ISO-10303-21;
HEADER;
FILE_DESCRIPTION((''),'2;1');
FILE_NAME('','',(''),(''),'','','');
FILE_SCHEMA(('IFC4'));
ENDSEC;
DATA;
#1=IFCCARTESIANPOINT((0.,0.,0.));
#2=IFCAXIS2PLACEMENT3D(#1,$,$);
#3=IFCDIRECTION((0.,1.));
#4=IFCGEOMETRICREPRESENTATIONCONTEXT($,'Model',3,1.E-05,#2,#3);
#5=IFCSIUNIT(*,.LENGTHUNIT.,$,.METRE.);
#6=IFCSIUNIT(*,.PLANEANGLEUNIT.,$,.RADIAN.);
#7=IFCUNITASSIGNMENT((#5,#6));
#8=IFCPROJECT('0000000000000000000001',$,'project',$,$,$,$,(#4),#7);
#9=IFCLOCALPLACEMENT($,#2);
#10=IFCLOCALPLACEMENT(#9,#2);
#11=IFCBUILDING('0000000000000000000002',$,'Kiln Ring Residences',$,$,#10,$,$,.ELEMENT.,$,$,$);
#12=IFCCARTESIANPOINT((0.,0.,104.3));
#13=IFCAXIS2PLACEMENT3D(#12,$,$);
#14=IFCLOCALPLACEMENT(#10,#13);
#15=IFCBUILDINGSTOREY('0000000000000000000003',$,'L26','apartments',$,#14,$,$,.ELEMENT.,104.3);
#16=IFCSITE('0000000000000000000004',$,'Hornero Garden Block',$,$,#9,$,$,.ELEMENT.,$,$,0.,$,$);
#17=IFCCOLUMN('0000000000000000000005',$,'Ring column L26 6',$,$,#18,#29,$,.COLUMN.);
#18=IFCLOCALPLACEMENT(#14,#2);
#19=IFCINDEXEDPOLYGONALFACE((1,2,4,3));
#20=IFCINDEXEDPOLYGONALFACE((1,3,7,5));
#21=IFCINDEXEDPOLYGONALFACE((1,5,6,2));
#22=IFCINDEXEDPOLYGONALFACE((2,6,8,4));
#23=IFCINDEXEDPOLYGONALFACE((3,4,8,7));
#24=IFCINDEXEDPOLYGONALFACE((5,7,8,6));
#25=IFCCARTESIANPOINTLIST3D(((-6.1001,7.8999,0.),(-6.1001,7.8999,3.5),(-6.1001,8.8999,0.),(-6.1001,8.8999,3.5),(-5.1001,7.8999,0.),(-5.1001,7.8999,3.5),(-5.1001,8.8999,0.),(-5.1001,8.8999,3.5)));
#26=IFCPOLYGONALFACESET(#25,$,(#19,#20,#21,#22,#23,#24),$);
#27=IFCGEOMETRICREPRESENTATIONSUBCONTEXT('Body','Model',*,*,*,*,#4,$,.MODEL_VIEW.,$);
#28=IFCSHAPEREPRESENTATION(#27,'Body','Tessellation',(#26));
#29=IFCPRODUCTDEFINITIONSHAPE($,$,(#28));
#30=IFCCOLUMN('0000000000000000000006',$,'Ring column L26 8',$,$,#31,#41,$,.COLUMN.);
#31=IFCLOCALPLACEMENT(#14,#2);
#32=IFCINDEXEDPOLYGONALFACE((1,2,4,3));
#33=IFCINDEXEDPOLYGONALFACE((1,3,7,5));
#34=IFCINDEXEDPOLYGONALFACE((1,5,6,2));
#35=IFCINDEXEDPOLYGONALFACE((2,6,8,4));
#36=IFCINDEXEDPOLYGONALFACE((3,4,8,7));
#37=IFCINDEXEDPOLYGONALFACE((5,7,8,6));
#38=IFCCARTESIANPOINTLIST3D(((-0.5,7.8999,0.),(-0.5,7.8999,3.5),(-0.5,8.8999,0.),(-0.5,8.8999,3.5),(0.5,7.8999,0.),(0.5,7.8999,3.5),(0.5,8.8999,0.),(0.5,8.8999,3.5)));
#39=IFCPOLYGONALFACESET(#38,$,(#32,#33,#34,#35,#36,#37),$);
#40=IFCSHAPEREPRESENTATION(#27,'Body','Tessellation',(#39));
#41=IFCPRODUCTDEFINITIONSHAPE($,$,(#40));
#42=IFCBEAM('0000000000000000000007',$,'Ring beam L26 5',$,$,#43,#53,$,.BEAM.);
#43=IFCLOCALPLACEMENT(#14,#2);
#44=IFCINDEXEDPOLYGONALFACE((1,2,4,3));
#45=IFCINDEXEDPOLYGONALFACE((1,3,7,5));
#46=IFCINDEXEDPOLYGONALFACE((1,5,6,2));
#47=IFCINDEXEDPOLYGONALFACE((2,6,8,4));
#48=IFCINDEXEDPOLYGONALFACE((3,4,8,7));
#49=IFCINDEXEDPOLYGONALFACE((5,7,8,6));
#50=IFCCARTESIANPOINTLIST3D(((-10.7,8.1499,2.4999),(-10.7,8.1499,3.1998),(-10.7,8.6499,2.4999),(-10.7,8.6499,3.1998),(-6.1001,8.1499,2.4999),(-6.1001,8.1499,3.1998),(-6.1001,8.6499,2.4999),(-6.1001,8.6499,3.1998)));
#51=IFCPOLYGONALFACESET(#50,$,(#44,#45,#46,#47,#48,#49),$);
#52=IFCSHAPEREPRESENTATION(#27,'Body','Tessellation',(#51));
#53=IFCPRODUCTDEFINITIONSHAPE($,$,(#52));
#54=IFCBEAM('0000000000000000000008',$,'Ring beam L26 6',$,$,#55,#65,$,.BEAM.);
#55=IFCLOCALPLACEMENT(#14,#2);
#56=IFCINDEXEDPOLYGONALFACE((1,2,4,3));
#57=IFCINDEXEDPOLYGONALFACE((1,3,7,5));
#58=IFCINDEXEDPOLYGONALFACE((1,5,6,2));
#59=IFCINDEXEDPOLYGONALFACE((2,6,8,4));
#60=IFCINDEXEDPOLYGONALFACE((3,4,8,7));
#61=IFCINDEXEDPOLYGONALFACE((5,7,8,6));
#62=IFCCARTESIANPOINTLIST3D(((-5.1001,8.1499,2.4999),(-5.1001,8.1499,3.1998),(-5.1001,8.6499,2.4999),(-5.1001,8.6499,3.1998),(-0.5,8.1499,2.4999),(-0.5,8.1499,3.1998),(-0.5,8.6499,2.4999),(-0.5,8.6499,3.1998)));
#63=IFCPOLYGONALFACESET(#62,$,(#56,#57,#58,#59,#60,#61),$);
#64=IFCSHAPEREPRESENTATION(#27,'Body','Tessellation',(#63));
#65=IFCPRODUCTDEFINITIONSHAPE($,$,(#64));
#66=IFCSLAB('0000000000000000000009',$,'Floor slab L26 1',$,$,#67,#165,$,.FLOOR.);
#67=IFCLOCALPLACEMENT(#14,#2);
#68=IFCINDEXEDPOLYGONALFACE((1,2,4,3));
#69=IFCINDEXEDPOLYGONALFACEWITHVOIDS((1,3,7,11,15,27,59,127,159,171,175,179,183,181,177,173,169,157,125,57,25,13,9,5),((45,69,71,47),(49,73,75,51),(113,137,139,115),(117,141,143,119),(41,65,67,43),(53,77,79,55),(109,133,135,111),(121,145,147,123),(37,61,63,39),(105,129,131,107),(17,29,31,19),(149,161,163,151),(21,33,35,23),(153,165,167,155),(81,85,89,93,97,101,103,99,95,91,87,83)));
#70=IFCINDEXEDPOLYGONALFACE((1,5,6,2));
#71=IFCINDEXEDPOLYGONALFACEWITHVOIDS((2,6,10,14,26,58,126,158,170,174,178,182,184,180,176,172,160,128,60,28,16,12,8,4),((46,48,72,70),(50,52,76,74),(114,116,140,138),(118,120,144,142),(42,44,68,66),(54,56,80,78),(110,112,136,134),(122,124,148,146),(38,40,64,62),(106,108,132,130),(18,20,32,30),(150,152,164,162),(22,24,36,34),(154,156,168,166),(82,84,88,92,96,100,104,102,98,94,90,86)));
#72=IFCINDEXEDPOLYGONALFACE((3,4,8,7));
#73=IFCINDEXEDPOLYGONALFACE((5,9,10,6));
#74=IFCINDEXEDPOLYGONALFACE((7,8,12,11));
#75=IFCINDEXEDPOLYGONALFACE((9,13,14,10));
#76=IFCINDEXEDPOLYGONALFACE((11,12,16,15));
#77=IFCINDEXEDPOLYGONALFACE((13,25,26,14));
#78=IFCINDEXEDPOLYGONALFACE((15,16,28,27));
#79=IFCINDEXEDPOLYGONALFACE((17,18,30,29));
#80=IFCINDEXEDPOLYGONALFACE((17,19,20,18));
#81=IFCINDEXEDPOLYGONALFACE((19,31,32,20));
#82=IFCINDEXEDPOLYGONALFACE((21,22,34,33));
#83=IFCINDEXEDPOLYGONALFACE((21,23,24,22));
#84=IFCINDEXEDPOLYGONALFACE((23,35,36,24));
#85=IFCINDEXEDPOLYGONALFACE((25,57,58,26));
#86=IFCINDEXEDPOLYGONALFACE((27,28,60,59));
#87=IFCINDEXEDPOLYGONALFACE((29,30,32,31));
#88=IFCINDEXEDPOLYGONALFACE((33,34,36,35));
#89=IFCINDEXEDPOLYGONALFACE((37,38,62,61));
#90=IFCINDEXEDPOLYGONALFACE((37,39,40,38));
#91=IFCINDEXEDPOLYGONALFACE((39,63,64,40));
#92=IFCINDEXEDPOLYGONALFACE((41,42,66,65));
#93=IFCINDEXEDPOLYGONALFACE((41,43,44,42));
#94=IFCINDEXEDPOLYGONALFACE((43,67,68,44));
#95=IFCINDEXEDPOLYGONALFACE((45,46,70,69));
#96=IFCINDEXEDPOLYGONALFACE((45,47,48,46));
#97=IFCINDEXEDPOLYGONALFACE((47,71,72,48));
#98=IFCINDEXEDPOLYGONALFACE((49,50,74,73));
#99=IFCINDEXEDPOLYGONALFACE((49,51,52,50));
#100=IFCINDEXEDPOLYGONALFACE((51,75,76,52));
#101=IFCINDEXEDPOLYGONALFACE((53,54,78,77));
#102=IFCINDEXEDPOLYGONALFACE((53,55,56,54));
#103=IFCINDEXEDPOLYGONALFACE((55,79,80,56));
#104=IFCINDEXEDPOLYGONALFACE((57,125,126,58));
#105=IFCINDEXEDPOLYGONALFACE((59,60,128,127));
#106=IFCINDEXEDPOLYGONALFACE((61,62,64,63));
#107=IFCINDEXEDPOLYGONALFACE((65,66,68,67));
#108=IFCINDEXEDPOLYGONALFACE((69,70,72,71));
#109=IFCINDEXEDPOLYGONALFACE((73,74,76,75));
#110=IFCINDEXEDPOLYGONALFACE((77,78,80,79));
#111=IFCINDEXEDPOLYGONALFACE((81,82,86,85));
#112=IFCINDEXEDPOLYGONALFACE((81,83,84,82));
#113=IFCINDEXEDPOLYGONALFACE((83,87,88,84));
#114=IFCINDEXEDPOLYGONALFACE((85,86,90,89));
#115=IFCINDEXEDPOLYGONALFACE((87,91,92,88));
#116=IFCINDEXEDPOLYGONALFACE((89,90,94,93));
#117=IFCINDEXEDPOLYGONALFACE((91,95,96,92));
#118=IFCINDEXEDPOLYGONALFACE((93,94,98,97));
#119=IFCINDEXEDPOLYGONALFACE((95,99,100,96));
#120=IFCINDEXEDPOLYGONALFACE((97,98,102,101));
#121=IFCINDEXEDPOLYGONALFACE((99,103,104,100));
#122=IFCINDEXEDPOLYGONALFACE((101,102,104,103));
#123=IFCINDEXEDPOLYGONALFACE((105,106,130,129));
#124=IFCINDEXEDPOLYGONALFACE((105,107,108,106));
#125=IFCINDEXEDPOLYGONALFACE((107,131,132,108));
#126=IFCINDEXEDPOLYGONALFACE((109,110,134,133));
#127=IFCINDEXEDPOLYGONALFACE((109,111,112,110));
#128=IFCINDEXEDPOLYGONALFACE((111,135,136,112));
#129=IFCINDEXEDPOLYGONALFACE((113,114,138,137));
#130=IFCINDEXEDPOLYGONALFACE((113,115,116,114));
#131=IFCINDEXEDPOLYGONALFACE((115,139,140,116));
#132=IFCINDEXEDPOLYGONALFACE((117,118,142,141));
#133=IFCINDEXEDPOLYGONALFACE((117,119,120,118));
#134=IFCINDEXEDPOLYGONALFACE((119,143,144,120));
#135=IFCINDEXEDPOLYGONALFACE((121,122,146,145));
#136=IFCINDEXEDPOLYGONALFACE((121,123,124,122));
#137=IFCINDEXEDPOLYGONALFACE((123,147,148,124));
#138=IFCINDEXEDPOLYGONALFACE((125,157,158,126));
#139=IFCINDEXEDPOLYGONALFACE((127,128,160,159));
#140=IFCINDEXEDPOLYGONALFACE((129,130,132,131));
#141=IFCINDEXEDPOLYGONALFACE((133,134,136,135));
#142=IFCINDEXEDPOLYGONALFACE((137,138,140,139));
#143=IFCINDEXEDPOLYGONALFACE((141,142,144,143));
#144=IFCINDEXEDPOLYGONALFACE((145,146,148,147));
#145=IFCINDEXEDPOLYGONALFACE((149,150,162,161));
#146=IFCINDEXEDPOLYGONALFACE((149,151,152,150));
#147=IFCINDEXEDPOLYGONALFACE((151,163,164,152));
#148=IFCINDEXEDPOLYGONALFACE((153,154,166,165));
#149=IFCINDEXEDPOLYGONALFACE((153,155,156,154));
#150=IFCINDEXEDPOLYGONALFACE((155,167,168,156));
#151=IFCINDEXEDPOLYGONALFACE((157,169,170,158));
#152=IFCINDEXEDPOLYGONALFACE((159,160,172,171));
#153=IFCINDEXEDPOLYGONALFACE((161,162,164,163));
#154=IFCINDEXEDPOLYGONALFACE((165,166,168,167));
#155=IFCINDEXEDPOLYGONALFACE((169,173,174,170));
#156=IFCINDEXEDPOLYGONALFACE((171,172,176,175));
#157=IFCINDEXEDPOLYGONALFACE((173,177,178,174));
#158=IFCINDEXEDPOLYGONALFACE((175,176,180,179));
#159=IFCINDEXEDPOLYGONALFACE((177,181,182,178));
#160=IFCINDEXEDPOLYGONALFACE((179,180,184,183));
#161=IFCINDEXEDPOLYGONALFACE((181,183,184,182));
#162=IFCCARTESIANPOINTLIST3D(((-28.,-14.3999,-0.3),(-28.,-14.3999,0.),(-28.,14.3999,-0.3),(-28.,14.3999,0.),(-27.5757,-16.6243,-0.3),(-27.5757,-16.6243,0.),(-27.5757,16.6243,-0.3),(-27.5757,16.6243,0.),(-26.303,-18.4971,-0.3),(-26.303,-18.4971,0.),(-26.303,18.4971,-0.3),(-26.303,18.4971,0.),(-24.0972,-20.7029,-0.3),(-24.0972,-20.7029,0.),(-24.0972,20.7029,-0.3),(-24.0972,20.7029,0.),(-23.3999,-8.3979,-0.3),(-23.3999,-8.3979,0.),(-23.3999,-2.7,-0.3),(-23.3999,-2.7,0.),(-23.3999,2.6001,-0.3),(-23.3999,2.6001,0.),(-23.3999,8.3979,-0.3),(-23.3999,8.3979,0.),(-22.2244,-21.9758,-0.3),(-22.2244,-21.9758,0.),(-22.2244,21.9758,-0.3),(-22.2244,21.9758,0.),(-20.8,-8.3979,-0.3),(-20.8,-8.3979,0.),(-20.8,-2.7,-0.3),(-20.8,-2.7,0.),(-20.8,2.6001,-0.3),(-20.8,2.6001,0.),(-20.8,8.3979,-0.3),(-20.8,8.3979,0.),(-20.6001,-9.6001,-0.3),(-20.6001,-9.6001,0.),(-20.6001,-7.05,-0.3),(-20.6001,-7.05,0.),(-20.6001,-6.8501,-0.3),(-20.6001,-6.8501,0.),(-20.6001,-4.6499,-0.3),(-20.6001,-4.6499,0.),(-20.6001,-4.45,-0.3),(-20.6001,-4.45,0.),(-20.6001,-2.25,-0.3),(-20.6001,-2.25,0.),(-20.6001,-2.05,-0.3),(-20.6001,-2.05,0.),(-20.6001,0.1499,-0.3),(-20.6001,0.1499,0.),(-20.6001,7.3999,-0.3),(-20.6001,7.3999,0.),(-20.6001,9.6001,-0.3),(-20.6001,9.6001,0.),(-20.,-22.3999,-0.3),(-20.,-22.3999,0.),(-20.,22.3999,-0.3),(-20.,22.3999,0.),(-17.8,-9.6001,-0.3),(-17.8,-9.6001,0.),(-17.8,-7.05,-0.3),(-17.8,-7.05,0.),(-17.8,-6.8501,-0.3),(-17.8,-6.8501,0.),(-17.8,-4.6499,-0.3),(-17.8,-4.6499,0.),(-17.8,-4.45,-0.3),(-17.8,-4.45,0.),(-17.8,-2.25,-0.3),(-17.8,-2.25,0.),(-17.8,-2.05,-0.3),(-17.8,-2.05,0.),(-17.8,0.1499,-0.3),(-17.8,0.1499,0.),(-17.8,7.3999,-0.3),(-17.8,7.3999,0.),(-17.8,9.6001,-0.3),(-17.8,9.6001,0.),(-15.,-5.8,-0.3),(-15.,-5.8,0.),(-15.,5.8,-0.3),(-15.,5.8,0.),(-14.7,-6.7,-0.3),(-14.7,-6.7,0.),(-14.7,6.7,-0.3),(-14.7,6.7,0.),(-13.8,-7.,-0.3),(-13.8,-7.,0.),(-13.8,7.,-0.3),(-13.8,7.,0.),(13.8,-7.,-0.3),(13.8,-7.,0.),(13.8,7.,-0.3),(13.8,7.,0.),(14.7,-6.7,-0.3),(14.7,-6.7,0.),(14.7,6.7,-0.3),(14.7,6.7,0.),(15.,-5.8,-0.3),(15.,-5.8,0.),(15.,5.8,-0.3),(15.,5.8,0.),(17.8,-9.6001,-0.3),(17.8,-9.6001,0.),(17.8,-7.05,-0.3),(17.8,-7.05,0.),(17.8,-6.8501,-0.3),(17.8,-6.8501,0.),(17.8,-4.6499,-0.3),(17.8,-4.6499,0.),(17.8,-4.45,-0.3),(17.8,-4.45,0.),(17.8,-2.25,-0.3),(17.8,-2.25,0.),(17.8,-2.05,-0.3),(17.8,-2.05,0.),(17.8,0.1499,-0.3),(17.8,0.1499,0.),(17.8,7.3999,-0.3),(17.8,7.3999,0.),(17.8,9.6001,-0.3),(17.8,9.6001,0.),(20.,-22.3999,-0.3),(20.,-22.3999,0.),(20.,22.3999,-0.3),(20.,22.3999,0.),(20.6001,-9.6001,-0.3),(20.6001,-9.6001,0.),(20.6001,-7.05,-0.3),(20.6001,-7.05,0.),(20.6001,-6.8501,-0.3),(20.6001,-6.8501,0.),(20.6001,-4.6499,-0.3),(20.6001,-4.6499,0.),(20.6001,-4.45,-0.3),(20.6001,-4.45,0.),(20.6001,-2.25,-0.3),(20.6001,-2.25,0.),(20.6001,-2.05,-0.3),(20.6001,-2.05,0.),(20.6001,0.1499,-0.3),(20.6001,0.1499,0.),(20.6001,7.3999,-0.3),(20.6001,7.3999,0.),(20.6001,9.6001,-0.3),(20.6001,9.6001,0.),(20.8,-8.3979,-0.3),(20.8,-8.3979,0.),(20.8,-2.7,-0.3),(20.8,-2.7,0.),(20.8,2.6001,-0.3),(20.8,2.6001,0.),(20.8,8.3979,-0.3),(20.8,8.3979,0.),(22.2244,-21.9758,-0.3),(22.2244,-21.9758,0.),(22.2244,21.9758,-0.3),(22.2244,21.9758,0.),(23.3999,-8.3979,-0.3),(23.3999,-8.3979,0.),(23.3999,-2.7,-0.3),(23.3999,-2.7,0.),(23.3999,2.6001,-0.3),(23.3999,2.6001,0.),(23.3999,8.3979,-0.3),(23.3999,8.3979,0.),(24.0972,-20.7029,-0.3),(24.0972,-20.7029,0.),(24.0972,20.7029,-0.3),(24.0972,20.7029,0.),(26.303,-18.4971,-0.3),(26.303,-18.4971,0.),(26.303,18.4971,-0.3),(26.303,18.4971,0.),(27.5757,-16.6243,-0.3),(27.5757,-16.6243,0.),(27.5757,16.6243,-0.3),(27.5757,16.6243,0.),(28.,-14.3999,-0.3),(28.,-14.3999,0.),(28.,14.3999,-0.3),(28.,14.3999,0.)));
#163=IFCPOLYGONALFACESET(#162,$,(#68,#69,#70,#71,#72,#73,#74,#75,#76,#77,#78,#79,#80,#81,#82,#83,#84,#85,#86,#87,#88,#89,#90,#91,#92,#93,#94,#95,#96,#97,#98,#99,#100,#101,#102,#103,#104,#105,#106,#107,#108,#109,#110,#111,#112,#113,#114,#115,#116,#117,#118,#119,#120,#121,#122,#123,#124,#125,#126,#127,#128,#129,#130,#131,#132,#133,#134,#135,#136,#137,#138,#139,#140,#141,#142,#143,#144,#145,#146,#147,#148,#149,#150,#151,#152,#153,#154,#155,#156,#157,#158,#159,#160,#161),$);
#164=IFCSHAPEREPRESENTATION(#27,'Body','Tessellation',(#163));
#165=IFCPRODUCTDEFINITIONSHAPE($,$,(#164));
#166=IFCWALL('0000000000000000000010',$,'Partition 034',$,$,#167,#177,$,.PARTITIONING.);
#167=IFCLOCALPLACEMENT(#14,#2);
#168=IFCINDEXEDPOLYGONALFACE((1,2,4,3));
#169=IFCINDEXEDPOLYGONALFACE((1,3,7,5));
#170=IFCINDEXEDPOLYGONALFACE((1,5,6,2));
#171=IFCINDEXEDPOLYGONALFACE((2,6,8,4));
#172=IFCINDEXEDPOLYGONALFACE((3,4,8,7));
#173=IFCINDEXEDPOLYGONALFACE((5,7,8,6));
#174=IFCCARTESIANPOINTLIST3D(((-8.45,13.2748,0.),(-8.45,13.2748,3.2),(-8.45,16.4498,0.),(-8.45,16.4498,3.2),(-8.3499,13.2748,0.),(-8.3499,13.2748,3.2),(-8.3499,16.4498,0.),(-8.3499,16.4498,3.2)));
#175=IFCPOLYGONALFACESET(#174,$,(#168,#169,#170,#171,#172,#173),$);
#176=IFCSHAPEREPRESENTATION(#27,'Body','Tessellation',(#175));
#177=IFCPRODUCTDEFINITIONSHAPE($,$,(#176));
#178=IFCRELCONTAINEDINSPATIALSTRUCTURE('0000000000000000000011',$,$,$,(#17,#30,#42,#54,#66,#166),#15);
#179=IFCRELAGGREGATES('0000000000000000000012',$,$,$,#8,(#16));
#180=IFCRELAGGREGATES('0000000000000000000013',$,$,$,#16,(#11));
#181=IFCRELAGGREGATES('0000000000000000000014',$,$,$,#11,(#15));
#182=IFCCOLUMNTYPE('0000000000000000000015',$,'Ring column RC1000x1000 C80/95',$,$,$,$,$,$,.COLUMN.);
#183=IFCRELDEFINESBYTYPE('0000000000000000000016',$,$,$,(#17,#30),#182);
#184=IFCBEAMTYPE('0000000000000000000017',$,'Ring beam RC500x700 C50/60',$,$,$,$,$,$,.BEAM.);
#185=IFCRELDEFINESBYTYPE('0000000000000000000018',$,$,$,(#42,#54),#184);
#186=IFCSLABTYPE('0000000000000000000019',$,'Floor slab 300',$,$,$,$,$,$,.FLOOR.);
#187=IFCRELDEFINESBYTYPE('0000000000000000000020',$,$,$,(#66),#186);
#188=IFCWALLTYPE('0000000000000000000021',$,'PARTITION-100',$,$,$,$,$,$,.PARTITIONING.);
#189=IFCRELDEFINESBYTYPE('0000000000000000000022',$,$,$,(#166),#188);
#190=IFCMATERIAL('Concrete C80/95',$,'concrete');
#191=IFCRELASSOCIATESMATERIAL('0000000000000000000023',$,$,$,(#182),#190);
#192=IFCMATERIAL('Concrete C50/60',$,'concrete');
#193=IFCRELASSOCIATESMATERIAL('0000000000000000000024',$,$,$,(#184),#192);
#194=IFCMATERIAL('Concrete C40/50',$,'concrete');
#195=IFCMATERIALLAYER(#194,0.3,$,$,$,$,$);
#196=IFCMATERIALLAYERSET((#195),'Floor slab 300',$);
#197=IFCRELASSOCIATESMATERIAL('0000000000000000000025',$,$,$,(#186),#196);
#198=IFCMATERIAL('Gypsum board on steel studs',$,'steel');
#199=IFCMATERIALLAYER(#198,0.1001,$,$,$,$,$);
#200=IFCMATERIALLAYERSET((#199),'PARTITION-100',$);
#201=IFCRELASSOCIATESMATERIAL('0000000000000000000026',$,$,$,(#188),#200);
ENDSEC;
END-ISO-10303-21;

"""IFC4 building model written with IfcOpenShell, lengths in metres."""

from ifc_helpers import new_model, si_unit, direction, frame, frame_2d, origin, origin_2d, place, context, subcontext, project, spatial, polyline, rectangle, outline, extrude, material, layer, layer_set, material_profile, profile_set, type_object, element, save


model = new_model("IFC4")

# Units and contexts
model_context = context("Model", 3, precision=1e-05, world=origin(), true_north=direction((0.0, 1.0)))
body_context = subcontext(model_context, "Body", "Model", "MODEL_VIEW")
ifc_project = project(units=[si_unit("LENGTHUNIT", "METRE"), si_unit("PLANEANGLEUNIT", "RADIAN")], contexts=[model_context])

# Site, building, storey
site_placement = place(None, origin())
site = spatial("IfcSite", under=ifc_project, at=site_placement, Name="Hornero Garden Block", CompositionType="ELEMENT", RefElevation=0.0)
building_placement = place(site_placement, origin())
building = spatial("IfcBuilding", under=site, at=building_placement, Name="Kiln Ring Residences", CompositionType="ELEMENT")
storey_placement = place(building_placement, frame((0.0, 0.0, 104.3)))
storey = spatial("IfcBuildingStorey", under=building, at=storey_placement, Name="L26", Description="apartments", CompositionType="ELEMENT", Elevation=104.3)

# Columns
ifc_material_1 = material(Name="Concrete C80/95", Category="concrete")
ifc_material_profile_1 = material_profile(ifc_material_1, rectangle(XDim=1.0, YDim=1.0, at=origin_2d()), Name="RC1000x1000")
ifc_profile_set_1 = profile_set([ifc_material_profile_1], Name="Concrete C80/95")
column_type = type_object("IfcColumnType", Name="Ring column RC1000x1000 C80/95", PredefinedType="COLUMN", material=ifc_profile_set_1)
for number, where, z_axis, x_axis, name in (
    (1, (-5.6001, 8.3999, 0.0), (0.0, 0.0, 1.0), (1.0, 0.0, 0.0), "Ring column L26 6"),
    (2, (0.0, 8.3999, 0.0), (0.0, 0.0, 1.0), (1.0, 0.0, 0.0), "Ring column L26 8"),
):
    element("IfcColumn", number, at=place(storey_placement, frame(where, z_axis=z_axis, x_axis=x_axis)), inside=storey, type_object=column_type, Name=name, PredefinedType="COLUMN", context=body_context, shape_type="SweptSolid", body=[
        extrude(rectangle(XDim=1.0, YDim=1.0, at=origin_2d()), origin(), (0.0, 0.0, 1.0), 3.5),
    ])

# Beams
ifc_material_2 = material(Name="Concrete C50/60", Category="concrete")
ifc_material_profile_2 = material_profile(ifc_material_2, rectangle(XDim=0.5, YDim=0.7, at=origin_2d()), Name="RC500x700")
ifc_profile_set_2 = profile_set([ifc_material_profile_2], Name="Concrete C50/60")
beam_type = type_object("IfcBeamType", Name="Ring beam RC500x700 C50/60", PredefinedType="BEAM", material=ifc_profile_set_2)
beam_1_placement = place(storey_placement, frame((-10.7, 8.3999, 2.8499), z_axis=(1.0, 0.0, 0.0), x_axis=(0.0, 1.0, 0.0)))
element("IfcBeam", 3, at=beam_1_placement, inside=storey, type_object=beam_type, Name="Ring beam L26 5", PredefinedType="BEAM", context=body_context, shape_type="SweptSolid", body=[
    extrude(rectangle(XDim=0.5, YDim=0.7, at=origin_2d()), origin(), (0.0, 0.0, 1.0), 4.5999),
])
beam_2_placement = place(storey_placement, frame((-5.1001, 8.3999, 2.8499), z_axis=(1.0, 0.0, 0.0), x_axis=(0.0, 1.0, 0.0)))
element("IfcBeam", 4, at=beam_2_placement, inside=storey, type_object=beam_type, Name="Ring beam L26 6", PredefinedType="BEAM", context=body_context, shape_type="SweptSolid", body=[
    extrude(rectangle(XDim=0.5, YDim=0.7, at=origin_2d()), origin(), (0.0, 0.0, 1.0), 4.6001),
])

# Slab
ifc_material_3 = material(Name="Concrete C40/50", Category="concrete")
ifc_layer_1 = layer(ifc_material_3, 0.3)
ifc_layer_set_1 = layer_set([ifc_layer_1], Name="Floor slab 300")
slab_type = type_object("IfcSlabType", Name="Floor slab 300", PredefinedType="FLOOR", material=ifc_layer_set_1)
slab_placement = place(storey_placement, frame((0.0, 0.0, -0.3)))
element("IfcSlab", 5, at=slab_placement, inside=storey, type_object=slab_type, Name="Floor slab L26 1", PredefinedType="FLOOR", context=body_context, shape_type="SweptSolid", body=[
    extrude(outline(polyline([(-26.303, -18.4971), (-24.0972, -20.7029), (-22.2244, -21.9758), (-20.0, -22.3999), (20.0, -22.3999), (22.2244, -21.9758), (24.0972, -20.7029), (26.303, -18.4971), (27.5757, -16.6243), (28.0, -14.3999), (28.0, 14.3999), (27.5757, 16.6243), (26.303, 18.4971), (24.0972, 20.7029), (22.2244, 21.9758), (20.0, 22.3999), (-20.0, 22.3999), (-22.2244, 21.9758), (-24.0972, 20.7029), (-26.303, 18.4971), (-27.5757, 16.6243), (-28.0, 14.3999), (-28.0, -14.3999), (-27.5757, -16.6243), (-26.303, -18.4971)]), holes=[polyline([(-14.7, -6.7), (-15.0, -5.8), (-15.0, 5.8), (-14.7, 6.7), (-13.8, 7.0), (13.8, 7.0), (14.7, 6.7), (15.0, 5.8), (15.0, -5.8), (14.7, -6.7), (13.8, -7.0), (-13.8, -7.0), (-14.7, -6.7)]), polyline([(20.8, -8.3979), (20.8, -2.7), (23.3999, -2.7), (23.3999, -8.3979), (20.8, -8.3979)]), polyline([(20.8, 2.6001), (20.8, 8.3979), (23.3999, 8.3979), (23.3999, 2.6001), (20.8, 2.6001)]), polyline([(17.8, -6.8501), (17.8, -4.6499), (20.6001, -4.6499), (20.6001, -6.8501), (17.8, -6.8501)]), polyline([(17.8, -4.45), (17.8, -2.25), (20.6001, -2.25), (20.6001, -4.45), (17.8, -4.45)]), polyline([(17.8, -2.05), (17.8, 0.1499), (20.6001, 0.1499), (20.6001, -2.05), (17.8, -2.05)]), polyline([(17.8, 7.3999), (17.8, 9.6001), (20.6001, 9.6001), (20.6001, 7.3999), (17.8, 7.3999)]), polyline([(20.6001, -9.6001), (17.8, -9.6001), (17.8, -7.05), (20.6001, -7.05), (20.6001, -9.6001)]), polyline([(-17.8, -7.05), (-17.8, -9.6001), (-20.6001, -9.6001), (-20.6001, -7.05), (-17.8, -7.05)]), polyline([(-17.8, -6.8501), (-20.6001, -6.8501), (-20.6001, -4.6499), (-17.8, -4.6499), (-17.8, -6.8501)]), polyline([(-17.8, -4.45), (-20.6001, -4.45), (-20.6001, -2.25), (-17.8, -2.25), (-17.8, -4.45)]), polyline([(-17.8, -2.05), (-20.6001, -2.05), (-20.6001, 0.1499), (-17.8, 0.1499), (-17.8, -2.05)]), polyline([(-17.8, 7.3999), (-20.6001, 7.3999), (-20.6001, 9.6001), (-17.8, 9.6001), (-17.8, 7.3999)]), polyline([(-20.8, -8.3979), (-23.3999, -8.3979), (-23.3999, -2.7), (-20.8, -2.7), (-20.8, -8.3979)]), polyline([(-20.8, 2.6001), (-23.3999, 2.6001), (-23.3999, 8.3979), (-20.8, 8.3979), (-20.8, 2.6001)])]), origin(), (0.0, 0.0, 1.0), 0.3),
])

# Wall
ifc_material_4 = material(Name="Gypsum board on steel studs", Category="steel")
ifc_layer_2 = layer(ifc_material_4, 0.1001)
ifc_layer_set_2 = layer_set([ifc_layer_2], Name="PARTITION-100")
wall_type_1 = type_object("IfcWallType", Name="PARTITION-100", PredefinedType="PARTITIONING", material=ifc_layer_set_2)
wall_1_placement = place(storey_placement, frame((-8.3999, 13.2749, 0.0), z_axis=(0.0, 0.0, 1.0), x_axis=(0.0, 1.0, 0.0)))
element("IfcWall", 6, at=wall_1_placement, inside=storey, type_object=wall_type_1, Name="Partition 034", PredefinedType="PARTITIONING", context=body_context, shape_type="SweptSolid", body=[
    extrude(rectangle(XDim=3.175, YDim=0.1001, at=frame_2d((1.5874, 0.0))), origin(), (0.0, 0.0, 1.0), 3.2),
])

save(model, "model.ifc")
